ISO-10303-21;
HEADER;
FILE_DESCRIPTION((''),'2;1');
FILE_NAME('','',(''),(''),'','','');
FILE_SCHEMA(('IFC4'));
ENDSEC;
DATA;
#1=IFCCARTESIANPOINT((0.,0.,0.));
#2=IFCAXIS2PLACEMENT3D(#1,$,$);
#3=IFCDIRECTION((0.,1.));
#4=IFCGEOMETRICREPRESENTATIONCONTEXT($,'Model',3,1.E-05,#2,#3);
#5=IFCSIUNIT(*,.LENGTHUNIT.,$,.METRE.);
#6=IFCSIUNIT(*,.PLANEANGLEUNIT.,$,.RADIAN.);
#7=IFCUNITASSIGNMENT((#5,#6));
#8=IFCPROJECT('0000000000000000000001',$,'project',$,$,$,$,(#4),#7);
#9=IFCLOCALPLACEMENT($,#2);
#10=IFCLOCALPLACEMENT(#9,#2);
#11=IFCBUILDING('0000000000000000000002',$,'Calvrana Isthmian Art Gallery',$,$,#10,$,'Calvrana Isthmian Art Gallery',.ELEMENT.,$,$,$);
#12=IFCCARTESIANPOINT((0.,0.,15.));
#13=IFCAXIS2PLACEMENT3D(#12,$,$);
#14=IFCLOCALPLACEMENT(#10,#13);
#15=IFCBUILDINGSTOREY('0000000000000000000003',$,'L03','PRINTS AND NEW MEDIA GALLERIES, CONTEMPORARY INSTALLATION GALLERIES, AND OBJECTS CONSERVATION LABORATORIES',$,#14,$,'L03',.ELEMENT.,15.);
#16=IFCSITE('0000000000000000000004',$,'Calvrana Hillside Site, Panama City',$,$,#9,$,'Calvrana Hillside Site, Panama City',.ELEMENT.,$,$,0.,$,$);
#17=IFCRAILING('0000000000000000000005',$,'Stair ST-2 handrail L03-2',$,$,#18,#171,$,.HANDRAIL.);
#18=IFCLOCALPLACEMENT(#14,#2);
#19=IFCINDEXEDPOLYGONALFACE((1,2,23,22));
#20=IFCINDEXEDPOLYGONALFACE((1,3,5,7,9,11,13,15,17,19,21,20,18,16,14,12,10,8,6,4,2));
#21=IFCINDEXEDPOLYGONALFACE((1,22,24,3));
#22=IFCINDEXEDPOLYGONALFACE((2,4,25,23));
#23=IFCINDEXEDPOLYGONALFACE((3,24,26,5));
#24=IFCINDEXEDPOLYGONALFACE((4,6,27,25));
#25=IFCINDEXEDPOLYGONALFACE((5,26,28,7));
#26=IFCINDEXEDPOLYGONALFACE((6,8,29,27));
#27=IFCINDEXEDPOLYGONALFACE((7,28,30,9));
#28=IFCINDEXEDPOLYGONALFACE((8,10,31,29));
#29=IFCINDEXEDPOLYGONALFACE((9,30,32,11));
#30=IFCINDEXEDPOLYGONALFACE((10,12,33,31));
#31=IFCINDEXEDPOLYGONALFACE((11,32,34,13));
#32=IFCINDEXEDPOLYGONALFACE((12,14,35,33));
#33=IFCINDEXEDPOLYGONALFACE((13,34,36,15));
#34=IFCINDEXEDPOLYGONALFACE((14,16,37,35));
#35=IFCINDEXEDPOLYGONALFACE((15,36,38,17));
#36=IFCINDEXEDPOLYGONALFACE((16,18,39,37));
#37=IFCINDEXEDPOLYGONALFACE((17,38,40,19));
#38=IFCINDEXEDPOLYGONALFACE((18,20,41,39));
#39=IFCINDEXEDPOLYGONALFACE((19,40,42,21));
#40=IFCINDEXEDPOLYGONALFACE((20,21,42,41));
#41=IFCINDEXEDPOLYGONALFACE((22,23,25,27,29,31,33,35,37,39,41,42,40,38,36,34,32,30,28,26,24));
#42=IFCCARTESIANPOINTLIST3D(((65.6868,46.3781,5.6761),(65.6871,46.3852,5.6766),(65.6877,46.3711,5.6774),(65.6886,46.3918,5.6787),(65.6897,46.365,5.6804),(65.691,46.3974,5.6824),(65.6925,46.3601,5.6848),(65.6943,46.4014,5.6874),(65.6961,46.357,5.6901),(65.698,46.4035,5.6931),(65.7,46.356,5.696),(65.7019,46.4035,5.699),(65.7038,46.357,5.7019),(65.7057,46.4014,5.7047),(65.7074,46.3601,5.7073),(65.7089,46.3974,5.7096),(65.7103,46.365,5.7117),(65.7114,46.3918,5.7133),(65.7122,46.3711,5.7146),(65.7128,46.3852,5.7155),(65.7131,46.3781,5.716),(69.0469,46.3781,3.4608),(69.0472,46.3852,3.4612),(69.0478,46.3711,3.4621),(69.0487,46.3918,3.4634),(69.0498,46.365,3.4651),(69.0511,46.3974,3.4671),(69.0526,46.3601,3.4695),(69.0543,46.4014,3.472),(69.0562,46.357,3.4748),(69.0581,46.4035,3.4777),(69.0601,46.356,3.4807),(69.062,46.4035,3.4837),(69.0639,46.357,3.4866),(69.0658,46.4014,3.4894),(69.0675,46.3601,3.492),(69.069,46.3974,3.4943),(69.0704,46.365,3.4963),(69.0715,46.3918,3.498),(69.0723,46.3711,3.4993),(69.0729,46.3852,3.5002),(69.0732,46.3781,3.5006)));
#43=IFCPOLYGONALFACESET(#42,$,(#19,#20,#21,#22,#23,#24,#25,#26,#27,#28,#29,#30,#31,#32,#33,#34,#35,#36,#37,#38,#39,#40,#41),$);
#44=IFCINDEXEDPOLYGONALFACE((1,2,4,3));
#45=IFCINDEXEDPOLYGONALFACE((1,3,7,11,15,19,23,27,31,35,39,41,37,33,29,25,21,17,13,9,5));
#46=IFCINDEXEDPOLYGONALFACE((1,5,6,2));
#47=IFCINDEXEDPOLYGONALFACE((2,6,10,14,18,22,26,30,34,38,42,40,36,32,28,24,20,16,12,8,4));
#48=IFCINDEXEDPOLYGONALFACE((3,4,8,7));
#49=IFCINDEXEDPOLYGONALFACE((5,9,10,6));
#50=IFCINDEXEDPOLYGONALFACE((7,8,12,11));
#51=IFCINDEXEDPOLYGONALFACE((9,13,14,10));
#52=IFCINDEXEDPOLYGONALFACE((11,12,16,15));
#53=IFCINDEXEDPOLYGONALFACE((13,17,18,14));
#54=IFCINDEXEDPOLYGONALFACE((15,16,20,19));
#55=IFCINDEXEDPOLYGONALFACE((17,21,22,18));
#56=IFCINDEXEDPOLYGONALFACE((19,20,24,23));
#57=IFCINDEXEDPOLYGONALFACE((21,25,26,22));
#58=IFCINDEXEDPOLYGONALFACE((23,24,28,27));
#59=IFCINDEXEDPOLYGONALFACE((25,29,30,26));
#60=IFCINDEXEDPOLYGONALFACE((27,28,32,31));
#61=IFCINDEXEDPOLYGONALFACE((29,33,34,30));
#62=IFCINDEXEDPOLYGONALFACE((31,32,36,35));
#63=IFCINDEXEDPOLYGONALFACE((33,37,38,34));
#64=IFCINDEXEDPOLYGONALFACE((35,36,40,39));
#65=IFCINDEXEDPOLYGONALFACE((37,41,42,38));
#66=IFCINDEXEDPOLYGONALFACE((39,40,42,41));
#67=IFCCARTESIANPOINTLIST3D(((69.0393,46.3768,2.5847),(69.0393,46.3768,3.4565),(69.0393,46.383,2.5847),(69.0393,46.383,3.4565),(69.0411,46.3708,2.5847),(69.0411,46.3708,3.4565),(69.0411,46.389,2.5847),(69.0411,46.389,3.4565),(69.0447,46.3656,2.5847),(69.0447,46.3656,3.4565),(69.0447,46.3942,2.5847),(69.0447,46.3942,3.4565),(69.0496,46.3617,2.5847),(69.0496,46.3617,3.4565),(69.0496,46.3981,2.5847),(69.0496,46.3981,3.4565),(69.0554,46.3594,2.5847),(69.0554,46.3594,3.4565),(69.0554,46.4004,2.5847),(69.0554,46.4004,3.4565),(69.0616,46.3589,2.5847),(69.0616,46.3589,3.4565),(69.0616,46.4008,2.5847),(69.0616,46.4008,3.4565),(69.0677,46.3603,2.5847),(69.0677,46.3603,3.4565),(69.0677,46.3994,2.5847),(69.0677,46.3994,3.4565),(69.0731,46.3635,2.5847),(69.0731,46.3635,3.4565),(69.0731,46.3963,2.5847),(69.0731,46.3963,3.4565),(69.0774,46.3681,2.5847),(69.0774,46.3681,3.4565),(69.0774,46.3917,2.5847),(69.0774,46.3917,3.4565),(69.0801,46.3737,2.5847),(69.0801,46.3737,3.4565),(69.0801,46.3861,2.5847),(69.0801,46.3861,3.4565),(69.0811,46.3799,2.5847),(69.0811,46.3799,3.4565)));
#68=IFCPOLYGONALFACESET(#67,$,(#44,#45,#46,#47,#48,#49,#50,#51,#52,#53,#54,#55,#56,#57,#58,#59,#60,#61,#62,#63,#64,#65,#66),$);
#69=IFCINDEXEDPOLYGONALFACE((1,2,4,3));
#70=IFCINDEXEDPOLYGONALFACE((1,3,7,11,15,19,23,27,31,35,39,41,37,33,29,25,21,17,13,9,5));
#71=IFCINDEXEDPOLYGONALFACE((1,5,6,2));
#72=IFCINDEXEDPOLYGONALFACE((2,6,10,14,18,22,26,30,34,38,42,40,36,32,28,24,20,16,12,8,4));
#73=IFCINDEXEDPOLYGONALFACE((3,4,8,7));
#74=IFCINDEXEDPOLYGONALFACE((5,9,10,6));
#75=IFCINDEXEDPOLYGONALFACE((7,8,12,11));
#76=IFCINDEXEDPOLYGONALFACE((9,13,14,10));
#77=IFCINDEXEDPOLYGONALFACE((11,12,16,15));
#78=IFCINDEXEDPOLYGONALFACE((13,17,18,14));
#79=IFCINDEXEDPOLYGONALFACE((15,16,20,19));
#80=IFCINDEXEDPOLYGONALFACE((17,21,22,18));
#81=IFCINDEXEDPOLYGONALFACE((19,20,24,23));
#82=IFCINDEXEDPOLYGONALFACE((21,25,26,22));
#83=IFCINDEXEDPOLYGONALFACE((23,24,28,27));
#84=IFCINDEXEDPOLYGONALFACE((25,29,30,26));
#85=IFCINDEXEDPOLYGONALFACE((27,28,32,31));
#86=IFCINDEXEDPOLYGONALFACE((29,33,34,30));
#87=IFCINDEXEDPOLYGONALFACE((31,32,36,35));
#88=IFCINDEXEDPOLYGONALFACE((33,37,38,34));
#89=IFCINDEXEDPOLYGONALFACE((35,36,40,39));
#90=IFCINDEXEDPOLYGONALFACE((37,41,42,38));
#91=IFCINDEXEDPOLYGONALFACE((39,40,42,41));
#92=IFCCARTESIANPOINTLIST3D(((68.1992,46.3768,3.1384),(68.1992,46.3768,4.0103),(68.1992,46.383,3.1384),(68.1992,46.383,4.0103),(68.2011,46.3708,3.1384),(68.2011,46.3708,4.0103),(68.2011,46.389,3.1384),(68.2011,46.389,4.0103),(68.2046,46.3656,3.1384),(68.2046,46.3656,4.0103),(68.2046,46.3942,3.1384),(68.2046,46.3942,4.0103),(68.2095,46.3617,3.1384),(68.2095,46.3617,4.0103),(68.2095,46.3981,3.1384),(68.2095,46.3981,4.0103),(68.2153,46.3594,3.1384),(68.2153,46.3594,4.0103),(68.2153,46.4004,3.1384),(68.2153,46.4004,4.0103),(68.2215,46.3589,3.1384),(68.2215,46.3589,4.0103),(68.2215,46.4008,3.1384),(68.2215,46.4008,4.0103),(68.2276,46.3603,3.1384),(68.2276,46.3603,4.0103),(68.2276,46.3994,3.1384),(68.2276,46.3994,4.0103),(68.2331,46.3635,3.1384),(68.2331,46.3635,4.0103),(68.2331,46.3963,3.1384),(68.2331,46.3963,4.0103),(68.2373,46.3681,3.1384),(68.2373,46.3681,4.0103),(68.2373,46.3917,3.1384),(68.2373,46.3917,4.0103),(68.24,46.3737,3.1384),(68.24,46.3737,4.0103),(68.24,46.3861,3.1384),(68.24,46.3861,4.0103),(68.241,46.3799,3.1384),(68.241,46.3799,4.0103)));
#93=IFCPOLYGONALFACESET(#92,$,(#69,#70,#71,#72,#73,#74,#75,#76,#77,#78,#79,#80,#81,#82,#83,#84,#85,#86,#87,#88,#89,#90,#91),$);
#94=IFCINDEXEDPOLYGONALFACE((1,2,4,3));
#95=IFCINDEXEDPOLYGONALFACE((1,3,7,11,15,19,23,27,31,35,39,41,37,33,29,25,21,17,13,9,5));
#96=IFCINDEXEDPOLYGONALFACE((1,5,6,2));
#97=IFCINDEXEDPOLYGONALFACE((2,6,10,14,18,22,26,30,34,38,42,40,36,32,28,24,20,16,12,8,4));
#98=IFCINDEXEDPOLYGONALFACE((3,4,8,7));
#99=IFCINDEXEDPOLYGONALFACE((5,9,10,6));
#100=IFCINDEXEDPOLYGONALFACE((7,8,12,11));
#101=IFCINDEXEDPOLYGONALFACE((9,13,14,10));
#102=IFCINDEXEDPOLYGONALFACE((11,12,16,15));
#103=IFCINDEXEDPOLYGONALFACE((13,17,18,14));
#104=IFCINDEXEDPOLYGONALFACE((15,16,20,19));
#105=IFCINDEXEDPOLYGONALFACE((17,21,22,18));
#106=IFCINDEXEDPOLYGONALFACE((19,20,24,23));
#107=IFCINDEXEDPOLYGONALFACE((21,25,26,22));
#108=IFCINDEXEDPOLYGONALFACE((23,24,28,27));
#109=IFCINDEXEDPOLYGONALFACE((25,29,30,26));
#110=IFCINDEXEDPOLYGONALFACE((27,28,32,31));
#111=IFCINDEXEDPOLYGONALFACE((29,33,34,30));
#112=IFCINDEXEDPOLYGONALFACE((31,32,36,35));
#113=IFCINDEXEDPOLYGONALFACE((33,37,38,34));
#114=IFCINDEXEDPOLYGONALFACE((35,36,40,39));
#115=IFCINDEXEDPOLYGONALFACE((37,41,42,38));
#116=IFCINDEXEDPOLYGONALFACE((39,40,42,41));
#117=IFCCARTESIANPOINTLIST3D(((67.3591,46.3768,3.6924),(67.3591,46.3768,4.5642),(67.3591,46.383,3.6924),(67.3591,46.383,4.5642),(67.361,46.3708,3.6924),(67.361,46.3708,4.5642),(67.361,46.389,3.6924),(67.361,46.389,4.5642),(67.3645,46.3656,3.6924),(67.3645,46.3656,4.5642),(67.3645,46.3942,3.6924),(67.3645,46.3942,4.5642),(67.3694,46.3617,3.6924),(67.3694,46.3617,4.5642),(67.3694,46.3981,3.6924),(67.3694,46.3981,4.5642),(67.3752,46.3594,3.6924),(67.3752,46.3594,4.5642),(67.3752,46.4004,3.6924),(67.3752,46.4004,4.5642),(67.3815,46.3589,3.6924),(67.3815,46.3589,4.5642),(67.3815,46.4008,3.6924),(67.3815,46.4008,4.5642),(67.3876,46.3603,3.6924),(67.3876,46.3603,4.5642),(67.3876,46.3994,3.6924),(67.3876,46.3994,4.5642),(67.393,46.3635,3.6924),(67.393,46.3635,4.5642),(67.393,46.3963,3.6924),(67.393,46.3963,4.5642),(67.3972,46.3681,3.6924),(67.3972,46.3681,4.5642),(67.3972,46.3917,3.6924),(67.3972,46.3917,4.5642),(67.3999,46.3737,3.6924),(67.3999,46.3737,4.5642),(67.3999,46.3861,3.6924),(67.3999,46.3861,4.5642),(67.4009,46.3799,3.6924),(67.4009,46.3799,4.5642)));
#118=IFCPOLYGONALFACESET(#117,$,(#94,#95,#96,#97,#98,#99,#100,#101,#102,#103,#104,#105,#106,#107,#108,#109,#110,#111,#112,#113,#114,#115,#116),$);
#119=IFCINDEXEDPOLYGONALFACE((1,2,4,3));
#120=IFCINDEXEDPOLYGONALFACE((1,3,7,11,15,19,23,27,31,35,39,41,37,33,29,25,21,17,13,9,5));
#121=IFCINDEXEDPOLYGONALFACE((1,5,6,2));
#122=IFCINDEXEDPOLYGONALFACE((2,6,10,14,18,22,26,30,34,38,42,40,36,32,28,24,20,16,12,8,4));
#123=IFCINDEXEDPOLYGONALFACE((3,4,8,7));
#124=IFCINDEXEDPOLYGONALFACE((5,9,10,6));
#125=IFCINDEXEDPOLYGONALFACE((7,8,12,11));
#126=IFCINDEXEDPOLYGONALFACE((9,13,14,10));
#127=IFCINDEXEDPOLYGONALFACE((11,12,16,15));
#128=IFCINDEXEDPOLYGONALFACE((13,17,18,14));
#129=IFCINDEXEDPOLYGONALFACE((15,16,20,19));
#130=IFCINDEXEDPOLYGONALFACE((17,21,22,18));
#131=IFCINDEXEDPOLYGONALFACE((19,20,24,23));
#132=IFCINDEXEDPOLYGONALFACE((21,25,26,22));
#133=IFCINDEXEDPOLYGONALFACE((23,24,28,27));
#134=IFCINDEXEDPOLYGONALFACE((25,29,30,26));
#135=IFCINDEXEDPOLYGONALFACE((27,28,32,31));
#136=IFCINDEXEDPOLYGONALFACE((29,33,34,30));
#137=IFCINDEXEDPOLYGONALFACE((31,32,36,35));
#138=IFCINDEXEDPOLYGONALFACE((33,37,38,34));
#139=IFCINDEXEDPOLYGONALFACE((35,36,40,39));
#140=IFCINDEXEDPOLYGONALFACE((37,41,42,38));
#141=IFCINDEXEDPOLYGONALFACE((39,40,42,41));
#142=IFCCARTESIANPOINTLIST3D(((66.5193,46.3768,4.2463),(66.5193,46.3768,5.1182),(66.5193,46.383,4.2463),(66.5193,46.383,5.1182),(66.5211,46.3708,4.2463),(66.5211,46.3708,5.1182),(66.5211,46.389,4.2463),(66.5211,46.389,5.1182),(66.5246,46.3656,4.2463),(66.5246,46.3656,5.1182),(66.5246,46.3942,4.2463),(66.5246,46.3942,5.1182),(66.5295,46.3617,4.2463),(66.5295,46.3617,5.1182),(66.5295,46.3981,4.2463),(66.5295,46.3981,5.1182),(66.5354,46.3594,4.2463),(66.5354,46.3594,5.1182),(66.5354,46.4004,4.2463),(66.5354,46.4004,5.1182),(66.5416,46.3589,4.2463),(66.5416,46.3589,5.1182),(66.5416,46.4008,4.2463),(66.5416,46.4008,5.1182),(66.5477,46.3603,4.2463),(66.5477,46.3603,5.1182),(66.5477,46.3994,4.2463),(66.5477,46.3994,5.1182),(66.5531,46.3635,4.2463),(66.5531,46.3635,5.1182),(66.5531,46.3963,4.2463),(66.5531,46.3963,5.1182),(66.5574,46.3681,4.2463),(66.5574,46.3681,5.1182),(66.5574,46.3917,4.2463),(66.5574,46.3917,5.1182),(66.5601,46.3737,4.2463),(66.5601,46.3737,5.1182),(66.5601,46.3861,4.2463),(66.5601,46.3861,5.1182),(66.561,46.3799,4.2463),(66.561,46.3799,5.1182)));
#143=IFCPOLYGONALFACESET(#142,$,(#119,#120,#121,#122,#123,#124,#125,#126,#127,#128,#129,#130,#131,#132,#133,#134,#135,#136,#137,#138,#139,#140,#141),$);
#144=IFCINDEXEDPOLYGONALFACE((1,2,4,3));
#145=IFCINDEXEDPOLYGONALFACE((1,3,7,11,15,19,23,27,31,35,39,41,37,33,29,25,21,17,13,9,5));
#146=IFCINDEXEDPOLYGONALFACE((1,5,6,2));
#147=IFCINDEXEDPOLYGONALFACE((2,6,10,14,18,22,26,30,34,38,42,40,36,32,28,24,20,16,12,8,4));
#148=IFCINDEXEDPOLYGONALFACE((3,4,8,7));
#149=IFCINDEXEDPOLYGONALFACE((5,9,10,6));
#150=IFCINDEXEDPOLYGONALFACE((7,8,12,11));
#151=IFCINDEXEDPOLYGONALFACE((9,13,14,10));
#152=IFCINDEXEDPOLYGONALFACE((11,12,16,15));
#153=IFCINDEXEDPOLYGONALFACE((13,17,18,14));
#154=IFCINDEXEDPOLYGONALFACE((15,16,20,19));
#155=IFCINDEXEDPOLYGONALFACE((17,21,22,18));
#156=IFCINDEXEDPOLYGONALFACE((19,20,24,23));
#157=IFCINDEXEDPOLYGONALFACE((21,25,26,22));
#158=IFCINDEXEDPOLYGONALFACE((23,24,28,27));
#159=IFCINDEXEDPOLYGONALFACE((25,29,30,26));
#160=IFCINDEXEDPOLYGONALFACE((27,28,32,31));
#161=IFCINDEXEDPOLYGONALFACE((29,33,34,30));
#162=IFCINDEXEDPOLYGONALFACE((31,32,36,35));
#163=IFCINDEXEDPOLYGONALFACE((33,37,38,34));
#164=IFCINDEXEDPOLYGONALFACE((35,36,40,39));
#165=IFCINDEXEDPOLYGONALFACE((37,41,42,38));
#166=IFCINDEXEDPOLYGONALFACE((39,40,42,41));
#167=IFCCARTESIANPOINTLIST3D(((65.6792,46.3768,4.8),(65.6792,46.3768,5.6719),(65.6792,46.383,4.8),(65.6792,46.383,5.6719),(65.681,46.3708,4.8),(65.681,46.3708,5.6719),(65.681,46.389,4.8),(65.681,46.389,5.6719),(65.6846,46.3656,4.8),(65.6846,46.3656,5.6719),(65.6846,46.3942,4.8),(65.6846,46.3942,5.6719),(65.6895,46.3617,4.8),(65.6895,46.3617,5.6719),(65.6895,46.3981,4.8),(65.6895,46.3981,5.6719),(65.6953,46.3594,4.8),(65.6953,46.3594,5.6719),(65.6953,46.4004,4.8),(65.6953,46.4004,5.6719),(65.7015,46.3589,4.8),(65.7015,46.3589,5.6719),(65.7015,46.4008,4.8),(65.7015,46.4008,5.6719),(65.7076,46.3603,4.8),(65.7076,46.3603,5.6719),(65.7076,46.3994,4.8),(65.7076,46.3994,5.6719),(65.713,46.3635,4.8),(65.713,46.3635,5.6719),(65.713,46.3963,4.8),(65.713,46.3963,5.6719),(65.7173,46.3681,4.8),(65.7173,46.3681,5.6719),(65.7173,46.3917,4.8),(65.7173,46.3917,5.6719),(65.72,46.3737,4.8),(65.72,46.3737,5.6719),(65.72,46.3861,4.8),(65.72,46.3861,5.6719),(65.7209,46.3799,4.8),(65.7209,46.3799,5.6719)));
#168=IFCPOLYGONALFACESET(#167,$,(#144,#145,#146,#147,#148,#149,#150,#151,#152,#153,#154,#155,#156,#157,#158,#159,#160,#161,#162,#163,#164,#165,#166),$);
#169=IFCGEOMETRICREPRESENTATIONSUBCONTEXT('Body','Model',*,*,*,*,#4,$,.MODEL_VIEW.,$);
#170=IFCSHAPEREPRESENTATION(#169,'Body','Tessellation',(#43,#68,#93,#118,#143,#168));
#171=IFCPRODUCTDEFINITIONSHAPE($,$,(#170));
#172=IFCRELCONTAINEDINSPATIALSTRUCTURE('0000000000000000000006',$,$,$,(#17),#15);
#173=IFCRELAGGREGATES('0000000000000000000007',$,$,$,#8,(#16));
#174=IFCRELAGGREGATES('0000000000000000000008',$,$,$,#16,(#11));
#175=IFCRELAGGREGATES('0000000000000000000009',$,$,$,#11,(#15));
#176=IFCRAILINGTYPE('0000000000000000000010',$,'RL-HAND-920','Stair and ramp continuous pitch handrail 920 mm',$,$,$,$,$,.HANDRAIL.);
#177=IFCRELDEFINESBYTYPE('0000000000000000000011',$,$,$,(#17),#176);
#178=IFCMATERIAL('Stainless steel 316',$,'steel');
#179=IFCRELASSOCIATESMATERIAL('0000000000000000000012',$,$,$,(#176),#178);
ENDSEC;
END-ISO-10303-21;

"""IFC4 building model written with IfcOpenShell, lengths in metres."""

from ifc_helpers import new_model, si_unit, direction, frame, origin, origin_2d, place, context, subcontext, project, spatial, circle, extrude, material, type_object, element, save


model = new_model("IFC4")

# Units and contexts
model_context = context("Model", 3, precision=1e-05, world=origin(), true_north=direction((0.0, 1.0)))
body_context = subcontext(model_context, "Body", "Model", "MODEL_VIEW")
ifc_project = project(units=[si_unit("LENGTHUNIT", "METRE"), si_unit("PLANEANGLEUNIT", "RADIAN")], contexts=[model_context])

# Site, building, storey
site_placement = place(None, origin())
site = spatial("IfcSite", under=ifc_project, at=site_placement, Name="Calvrana Hillside Site, Panama City", LongName="Calvrana Hillside Site, Panama City", CompositionType="ELEMENT", RefElevation=0.0)
building_placement = place(site_placement, origin())
building = spatial("IfcBuilding", under=site, at=building_placement, Name="Calvrana Isthmian Art Gallery", LongName="Calvrana Isthmian Art Gallery", CompositionType="ELEMENT")
storey_placement = place(building_placement, frame((0.0, 0.0, 15.0)))
storey = spatial("IfcBuildingStorey", under=building, at=storey_placement, Name="L03", Description="PRINTS AND NEW MEDIA GALLERIES, CONTEMPORARY INSTALLATION GALLERIES, AND OBJECTS CONSERVATION LABORATORIES", LongName="L03", CompositionType="ELEMENT", Elevation=15.0)

# Railing
ifc_material_1 = material(Name="Stainless steel 316", Category="steel")
railing_type_1 = type_object("IfcRailingType", Name="RL-HAND-920", Description="Stair and ramp continuous pitch handrail 920 mm", PredefinedType="HANDRAIL", material=ifc_material_1)
railing_1_placement = place(storey_placement, frame((69.0601, 46.3799, 2.5847)))
element("IfcRailing", 1, at=railing_1_placement, inside=storey, type_object=railing_type_1, Name="Stair ST-2 handrail L03-2", PredefinedType="HANDRAIL", context=body_context, shape_type="SweptSolid", body=[
    extrude(circle(Radius=0.0239, at=origin_2d()), frame((0.0, 0.0, 0.896), z_axis=(-0.834876, 0.0, 0.550437), x_axis=(0.0, -1.0, 0.0)), (0.0, 0.0, 1.0), 4.0247),
    extrude(circle(Radius=0.021, at=origin_2d()), origin(), (0.0, 0.0, 1.0), 0.8718),
    extrude(circle(Radius=0.021, at=origin_2d()), frame((-0.8401, 0.0, 0.5537)), (0.0, 0.0, 1.0), 0.8718),
    extrude(circle(Radius=0.021, at=origin_2d()), frame((-1.6802, 0.0, 1.1077)), (0.0, 0.0, 1.0), 0.8718),
    extrude(circle(Radius=0.021, at=origin_2d()), frame((-2.52, 0.0, 1.6616)), (0.0, 0.0, 1.0), 0.8718),
    extrude(circle(Radius=0.021, at=origin_2d()), frame((-3.3601, 0.0, 2.2153)), (0.0, 0.0, 1.0), 0.8718),
])

save(model, "model.ifc")
